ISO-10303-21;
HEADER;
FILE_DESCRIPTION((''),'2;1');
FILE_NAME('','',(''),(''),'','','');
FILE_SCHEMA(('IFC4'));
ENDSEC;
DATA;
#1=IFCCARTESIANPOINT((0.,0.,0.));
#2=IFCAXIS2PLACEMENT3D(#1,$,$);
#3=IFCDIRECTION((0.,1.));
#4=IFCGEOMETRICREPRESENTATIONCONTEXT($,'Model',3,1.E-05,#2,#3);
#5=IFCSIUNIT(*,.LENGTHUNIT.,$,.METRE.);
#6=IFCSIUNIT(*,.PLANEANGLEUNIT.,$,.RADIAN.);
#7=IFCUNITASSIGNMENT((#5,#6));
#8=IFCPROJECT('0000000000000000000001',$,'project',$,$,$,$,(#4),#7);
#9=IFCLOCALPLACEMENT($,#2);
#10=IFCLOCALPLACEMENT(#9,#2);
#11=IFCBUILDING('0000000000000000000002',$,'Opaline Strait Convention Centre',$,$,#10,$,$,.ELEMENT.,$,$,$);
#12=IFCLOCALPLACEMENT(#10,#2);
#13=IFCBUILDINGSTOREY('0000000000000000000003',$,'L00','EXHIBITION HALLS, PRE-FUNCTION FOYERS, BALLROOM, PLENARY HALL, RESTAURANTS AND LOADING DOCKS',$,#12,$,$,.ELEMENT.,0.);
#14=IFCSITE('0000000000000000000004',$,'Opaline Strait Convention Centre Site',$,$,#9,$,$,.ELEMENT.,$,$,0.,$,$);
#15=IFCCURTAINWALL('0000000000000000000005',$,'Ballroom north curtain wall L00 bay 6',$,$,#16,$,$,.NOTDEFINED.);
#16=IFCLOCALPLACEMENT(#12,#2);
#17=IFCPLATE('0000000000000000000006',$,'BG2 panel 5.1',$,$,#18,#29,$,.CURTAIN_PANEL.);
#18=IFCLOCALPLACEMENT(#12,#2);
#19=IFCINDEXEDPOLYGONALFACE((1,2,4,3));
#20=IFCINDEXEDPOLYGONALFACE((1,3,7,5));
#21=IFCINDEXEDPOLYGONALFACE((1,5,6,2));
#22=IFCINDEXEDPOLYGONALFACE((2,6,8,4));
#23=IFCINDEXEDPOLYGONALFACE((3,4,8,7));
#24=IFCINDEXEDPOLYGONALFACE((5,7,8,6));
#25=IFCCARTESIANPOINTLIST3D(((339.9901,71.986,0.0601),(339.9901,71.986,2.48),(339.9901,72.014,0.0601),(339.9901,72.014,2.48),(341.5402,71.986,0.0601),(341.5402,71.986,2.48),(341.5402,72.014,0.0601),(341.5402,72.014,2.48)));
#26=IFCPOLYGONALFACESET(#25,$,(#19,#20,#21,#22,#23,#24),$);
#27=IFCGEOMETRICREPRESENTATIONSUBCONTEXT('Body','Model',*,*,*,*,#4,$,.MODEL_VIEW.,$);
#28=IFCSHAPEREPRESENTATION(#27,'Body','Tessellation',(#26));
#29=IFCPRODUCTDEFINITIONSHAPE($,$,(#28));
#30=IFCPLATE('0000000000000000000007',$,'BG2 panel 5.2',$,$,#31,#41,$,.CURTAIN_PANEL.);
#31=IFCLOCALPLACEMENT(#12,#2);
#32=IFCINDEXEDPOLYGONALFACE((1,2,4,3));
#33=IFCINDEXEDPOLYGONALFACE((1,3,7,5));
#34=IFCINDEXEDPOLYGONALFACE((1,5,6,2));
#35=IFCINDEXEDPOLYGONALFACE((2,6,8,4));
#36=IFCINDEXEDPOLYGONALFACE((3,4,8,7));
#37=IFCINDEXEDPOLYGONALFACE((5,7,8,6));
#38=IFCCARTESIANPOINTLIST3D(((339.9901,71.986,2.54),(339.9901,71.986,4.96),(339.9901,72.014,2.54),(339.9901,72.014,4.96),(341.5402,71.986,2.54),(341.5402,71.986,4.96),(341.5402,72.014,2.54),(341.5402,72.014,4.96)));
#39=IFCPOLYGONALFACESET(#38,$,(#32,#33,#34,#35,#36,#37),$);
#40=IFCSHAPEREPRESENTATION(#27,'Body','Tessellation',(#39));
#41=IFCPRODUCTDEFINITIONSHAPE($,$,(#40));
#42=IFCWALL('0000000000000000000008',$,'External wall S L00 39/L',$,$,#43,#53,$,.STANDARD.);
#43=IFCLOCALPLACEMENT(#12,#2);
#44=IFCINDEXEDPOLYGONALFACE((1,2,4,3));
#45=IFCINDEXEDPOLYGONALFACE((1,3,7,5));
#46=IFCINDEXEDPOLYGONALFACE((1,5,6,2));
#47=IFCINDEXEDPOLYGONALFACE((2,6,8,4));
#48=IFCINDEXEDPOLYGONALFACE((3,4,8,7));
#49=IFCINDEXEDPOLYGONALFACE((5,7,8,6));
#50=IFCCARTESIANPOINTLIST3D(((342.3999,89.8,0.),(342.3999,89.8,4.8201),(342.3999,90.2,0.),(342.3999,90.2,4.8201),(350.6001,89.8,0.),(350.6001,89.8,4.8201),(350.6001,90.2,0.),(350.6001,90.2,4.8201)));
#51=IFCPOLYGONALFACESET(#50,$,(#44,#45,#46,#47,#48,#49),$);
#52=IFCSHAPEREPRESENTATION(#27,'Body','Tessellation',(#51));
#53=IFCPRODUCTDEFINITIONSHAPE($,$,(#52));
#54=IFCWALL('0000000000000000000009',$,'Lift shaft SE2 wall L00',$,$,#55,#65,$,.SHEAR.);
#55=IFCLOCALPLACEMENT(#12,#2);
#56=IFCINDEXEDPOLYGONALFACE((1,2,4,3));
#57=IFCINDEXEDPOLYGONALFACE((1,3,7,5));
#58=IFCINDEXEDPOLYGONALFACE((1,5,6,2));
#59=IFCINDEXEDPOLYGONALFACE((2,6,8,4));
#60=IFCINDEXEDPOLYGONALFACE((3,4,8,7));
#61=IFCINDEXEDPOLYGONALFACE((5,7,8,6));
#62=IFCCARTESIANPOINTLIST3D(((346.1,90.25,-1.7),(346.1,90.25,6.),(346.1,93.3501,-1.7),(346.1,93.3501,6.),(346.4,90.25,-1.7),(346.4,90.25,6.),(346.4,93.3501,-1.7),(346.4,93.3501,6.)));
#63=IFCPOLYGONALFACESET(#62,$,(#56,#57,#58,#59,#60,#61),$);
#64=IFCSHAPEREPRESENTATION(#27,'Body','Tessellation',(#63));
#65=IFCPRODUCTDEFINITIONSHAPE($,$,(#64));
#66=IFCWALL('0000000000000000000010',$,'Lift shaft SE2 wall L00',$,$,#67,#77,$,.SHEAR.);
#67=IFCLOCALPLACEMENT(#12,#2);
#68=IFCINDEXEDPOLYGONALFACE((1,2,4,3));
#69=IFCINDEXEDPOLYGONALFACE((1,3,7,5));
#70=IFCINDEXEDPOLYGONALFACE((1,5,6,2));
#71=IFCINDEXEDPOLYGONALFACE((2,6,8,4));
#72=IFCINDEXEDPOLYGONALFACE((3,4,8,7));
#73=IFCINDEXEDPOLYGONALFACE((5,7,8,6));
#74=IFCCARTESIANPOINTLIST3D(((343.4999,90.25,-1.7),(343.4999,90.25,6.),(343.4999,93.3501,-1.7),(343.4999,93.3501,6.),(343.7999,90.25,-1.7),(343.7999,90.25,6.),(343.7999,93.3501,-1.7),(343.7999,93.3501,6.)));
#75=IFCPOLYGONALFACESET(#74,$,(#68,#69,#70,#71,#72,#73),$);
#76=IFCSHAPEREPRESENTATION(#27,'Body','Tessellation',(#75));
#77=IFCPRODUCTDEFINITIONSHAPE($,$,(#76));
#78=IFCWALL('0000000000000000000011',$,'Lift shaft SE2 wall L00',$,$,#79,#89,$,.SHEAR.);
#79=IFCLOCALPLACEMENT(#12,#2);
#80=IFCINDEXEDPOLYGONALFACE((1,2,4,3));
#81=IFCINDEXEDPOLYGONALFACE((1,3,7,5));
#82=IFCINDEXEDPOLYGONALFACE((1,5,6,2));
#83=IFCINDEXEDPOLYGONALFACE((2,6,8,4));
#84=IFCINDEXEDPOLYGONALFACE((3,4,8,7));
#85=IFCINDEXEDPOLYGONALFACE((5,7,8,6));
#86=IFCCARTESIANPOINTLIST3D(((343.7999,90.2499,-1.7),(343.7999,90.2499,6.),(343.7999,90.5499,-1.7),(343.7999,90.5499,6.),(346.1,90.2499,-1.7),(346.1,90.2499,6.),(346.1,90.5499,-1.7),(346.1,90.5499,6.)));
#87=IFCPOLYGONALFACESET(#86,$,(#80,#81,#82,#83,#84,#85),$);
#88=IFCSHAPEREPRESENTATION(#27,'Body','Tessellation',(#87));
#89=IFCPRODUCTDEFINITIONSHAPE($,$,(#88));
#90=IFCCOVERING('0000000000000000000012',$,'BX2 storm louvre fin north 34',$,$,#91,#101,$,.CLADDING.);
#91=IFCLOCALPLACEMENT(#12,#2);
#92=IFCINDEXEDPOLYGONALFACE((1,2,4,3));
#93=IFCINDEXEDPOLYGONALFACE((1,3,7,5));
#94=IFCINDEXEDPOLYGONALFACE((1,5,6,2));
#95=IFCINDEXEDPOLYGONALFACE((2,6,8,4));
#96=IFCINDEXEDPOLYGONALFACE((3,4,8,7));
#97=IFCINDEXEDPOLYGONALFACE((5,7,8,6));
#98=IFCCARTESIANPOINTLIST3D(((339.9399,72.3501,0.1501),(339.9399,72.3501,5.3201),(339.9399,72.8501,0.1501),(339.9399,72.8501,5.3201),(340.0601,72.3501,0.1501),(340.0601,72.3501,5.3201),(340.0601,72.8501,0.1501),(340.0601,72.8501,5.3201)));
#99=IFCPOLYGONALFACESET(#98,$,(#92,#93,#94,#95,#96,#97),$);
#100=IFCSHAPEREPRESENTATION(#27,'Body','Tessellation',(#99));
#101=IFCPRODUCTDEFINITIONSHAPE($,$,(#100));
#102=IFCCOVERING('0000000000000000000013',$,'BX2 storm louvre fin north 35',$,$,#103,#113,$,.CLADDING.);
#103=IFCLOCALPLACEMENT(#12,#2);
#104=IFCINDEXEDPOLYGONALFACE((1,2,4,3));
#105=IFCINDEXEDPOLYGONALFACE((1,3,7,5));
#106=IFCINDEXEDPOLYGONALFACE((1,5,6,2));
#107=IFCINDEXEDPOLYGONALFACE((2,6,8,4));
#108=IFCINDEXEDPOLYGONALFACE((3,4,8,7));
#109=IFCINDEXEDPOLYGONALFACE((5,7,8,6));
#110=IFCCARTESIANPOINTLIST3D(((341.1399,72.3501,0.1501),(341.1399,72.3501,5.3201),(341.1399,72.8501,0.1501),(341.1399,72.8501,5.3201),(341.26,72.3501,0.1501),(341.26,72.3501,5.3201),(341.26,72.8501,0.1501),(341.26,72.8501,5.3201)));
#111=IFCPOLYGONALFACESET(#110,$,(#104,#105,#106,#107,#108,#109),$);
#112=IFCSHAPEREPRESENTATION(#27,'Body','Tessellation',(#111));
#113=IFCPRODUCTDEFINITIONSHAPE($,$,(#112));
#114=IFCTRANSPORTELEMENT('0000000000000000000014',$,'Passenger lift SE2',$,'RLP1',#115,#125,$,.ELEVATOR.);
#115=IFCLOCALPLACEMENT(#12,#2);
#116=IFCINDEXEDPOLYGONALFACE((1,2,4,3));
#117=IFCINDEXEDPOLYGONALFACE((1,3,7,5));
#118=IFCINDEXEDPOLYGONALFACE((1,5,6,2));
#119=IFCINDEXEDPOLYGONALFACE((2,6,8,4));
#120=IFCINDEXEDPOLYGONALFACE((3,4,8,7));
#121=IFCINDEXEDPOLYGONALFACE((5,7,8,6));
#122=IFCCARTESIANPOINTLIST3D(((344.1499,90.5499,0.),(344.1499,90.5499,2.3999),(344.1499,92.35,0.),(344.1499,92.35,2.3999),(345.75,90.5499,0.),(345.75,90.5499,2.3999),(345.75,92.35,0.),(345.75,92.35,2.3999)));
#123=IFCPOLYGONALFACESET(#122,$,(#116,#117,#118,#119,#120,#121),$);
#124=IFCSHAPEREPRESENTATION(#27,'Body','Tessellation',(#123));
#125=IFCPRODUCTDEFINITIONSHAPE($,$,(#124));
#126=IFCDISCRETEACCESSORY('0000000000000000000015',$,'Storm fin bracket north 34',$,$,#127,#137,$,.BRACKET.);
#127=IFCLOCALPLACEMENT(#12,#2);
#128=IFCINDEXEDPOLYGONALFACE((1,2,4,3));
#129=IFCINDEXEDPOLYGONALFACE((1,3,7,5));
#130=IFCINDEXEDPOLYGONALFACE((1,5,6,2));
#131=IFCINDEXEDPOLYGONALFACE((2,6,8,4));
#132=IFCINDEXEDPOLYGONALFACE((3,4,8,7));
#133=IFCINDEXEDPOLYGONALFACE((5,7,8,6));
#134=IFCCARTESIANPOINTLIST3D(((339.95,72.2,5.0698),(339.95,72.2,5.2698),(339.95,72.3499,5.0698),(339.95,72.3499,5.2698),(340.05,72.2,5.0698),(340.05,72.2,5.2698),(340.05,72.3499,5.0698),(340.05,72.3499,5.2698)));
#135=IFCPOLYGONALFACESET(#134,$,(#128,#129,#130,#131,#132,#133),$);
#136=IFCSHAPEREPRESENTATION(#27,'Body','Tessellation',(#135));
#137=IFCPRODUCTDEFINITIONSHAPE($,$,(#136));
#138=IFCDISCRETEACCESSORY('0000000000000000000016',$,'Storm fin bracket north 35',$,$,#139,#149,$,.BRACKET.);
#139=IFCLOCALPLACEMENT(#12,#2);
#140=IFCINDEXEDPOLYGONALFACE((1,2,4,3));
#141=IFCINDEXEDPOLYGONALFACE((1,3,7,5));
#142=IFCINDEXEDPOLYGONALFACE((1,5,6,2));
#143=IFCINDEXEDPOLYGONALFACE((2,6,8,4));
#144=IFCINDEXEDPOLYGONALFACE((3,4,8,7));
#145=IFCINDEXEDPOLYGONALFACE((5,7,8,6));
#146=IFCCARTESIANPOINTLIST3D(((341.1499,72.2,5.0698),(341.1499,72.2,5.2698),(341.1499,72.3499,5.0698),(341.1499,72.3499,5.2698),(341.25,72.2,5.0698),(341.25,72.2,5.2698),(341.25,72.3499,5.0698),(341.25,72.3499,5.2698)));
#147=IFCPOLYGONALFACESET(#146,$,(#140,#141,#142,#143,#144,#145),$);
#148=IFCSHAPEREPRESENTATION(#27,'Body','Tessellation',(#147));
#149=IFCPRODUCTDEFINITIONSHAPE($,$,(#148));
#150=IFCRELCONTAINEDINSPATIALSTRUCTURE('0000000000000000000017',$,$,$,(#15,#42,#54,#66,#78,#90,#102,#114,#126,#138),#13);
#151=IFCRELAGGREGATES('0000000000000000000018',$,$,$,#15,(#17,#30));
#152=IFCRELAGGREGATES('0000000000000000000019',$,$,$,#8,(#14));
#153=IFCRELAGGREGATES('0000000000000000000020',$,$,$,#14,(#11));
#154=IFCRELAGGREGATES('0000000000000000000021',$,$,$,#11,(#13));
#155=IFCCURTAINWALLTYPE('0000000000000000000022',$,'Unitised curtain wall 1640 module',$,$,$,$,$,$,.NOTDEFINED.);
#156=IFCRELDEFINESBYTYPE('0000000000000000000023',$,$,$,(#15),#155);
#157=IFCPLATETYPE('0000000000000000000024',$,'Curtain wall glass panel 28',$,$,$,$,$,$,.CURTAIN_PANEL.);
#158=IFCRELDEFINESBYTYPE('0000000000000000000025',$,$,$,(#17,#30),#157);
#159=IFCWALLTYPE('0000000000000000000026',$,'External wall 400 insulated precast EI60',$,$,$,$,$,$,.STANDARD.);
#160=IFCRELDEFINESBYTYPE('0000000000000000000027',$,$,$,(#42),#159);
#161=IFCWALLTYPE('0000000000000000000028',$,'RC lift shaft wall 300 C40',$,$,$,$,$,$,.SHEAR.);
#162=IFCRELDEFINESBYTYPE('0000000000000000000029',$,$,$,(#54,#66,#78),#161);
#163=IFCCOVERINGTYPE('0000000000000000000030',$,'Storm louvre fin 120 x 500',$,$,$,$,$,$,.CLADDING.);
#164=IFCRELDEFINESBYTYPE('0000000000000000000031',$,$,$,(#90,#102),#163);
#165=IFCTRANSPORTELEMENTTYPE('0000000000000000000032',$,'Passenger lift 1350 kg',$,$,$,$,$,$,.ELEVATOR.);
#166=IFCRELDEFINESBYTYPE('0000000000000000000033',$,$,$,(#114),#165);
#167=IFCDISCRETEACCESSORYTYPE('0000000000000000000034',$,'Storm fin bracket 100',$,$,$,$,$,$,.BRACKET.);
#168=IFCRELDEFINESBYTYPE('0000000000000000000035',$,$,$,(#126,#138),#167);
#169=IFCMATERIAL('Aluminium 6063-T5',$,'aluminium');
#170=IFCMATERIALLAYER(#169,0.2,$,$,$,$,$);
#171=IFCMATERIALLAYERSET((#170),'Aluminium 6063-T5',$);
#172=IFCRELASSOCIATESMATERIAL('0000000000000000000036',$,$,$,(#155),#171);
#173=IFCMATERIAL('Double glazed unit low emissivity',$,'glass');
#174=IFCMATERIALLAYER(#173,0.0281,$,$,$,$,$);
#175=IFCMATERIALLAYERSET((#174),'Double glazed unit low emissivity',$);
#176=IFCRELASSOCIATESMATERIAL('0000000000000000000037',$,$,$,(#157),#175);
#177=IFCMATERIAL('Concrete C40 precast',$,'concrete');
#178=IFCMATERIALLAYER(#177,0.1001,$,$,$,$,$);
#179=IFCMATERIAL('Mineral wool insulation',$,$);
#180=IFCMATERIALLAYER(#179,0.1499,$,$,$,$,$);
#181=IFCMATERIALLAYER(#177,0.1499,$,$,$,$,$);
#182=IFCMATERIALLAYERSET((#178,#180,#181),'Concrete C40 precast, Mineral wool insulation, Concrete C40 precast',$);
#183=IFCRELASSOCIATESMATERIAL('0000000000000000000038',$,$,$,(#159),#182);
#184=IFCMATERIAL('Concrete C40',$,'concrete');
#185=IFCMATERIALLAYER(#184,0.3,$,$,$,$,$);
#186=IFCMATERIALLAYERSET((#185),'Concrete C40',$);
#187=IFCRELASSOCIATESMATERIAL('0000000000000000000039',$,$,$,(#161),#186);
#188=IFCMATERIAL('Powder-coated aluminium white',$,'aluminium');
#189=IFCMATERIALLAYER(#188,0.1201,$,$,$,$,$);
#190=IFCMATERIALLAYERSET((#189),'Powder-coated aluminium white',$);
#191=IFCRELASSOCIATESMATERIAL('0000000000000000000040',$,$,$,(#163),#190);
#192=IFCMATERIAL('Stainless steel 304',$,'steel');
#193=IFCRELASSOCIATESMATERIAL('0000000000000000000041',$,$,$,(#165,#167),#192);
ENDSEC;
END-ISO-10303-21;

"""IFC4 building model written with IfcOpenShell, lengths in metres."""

from ifc_helpers import new_model, si_unit, direction, frame, frame_2d, origin, origin_2d, place, context, subcontext, project, spatial, rectangle, extrude, material, layer, layer_set, type_object, element, aggregate, save


model = new_model("IFC4")

# Units and contexts
model_context = context("Model", 3, precision=1e-05, world=origin(), true_north=direction((0.0, 1.0)))
body_context = subcontext(model_context, "Body", "Model", "MODEL_VIEW")
ifc_project = project(units=[si_unit("LENGTHUNIT", "METRE"), si_unit("PLANEANGLEUNIT", "RADIAN")], contexts=[model_context])

# Site, building, storey
site_placement = place(None, origin())
site = spatial("IfcSite", under=ifc_project, at=site_placement, Name="Opaline Strait Convention Centre Site", CompositionType="ELEMENT", RefElevation=0.0)
building_placement = place(site_placement, origin())
building = spatial("IfcBuilding", under=site, at=building_placement, Name="Opaline Strait Convention Centre", CompositionType="ELEMENT")
storey_placement = place(building_placement, origin())
storey = spatial("IfcBuildingStorey", under=building, at=storey_placement, Name="L00", Description="EXHIBITION HALLS, PRE-FUNCTION FOYERS, BALLROOM, PLENARY HALL, RESTAURANTS AND LOADING DOCKS", CompositionType="ELEMENT", Elevation=0.0)

# Shared definitions
ifc_material_1 = material(Name="Concrete C40", Category="concrete")

# Curtain wall
ifc_material_2 = material(Name="Aluminium 6063-T5", Category="aluminium")
ifc_layer_1 = layer(ifc_material_2, 0.2)
ifc_layer_set_1 = layer_set([ifc_layer_1], Name="Aluminium 6063-T5")
curtain_wall_type = type_object("IfcCurtainWallType", Name="Unitised curtain wall 1640 module", PredefinedType="NOTDEFINED", material=ifc_layer_set_1)
curtain_wall_placement = place(storey_placement, origin())
curtain_wall = element("IfcCurtainWall", 1, at=curtain_wall_placement, inside=storey, type_object=curtain_wall_type, Name="Ballroom north curtain wall L00 bay 6", PredefinedType="NOTDEFINED")

# Plates
ifc_material_3 = material(Name="Double glazed unit low emissivity", Category="glass")
ifc_layer_2 = layer(ifc_material_3, 0.0281)
ifc_layer_set_2 = layer_set([ifc_layer_2], Name="Double glazed unit low emissivity")
plate_type = type_object("IfcPlateType", Name="Curtain wall glass panel 28", PredefinedType="CURTAIN_PANEL", material=ifc_layer_set_2)
plate_1_placement = place(storey_placement, frame((340.7651, 72.0, 0.0601), z_axis=(0.0, 0.0, 1.0), x_axis=(1.0, 0.0, 0.0)))
plate_1 = element("IfcPlate", 2, at=plate_1_placement, type_object=plate_type, Name="BG2 panel 5.1", PredefinedType="CURTAIN_PANEL", context=body_context, shape_type="SweptSolid", body=[
    extrude(rectangle(XDim=1.55, YDim=0.0281, at=origin_2d()), origin(), (0.0, 0.0, 1.0), 2.4199),
])
plate_2_placement = place(storey_placement, frame((340.7651, 72.0, 2.54), z_axis=(0.0, 0.0, 1.0), x_axis=(1.0, 0.0, 0.0)))
plate_2 = element("IfcPlate", 3, at=plate_2_placement, type_object=plate_type, Name="BG2 panel 5.2", PredefinedType="CURTAIN_PANEL", context=body_context, shape_type="SweptSolid", body=[
    extrude(rectangle(XDim=1.55, YDim=0.0281, at=origin_2d()), origin(), (0.0, 0.0, 1.0), 2.4199),
])
aggregate(curtain_wall, [plate_1, plate_2])

# Wall
ifc_material_4 = material(Name="Concrete C40 precast", Category="concrete")
ifc_layer_3 = layer(ifc_material_4, 0.1001)
ifc_material_5 = material(Name="Mineral wool insulation")
ifc_layer_4 = layer(ifc_material_5, 0.1499)
ifc_layer_5 = layer(ifc_material_4, 0.1499)
ifc_layer_set_3 = layer_set([ifc_layer_3, ifc_layer_4, ifc_layer_5], Name="Concrete C40 precast, Mineral wool insulation, Concrete C40 precast")
wall_type_1 = type_object("IfcWallType", Name="External wall 400 insulated precast EI60", PredefinedType="STANDARD", material=ifc_layer_set_3)
wall_1_placement = place(storey_placement, frame((342.3999, 90.0, 0.0), z_axis=(0.0, 0.0, 1.0), x_axis=(1.0, 0.0, 0.0)))
element("IfcWall", 4, at=wall_1_placement, inside=storey, type_object=wall_type_1, Name="External wall S L00 39/L", PredefinedType="STANDARD", context=body_context, shape_type="SweptSolid", body=[
    extrude(rectangle(XDim=8.2002, YDim=0.3999, at=frame_2d((4.1001, 0.0))), origin(), (0.0, 0.0, 1.0), 4.8201),
])

# Walls
ifc_layer_6 = layer(ifc_material_1, 0.3)
ifc_layer_set_4 = layer_set([ifc_layer_6], Name="Concrete C40")
wall_type_2 = type_object("IfcWallType", Name="RC lift shaft wall 300 C40", PredefinedType="SHEAR", material=ifc_layer_set_4)
for number, where, z_axis, x_axis, name in (
    (5, (346.25, 90.25, -1.7), (0.0, 0.0, 1.0), (0.0, 1.0, 0.0), "Lift shaft SE2 wall L00"),
    (6, (343.6499, 90.25, -1.7), (0.0, 0.0, 1.0), (0.0, 1.0, 0.0), "Lift shaft SE2 wall L00"),
):
    element("IfcWall", number, at=place(storey_placement, frame(where, z_axis=z_axis, x_axis=x_axis)), inside=storey, type_object=wall_type_2, Name=name, PredefinedType="SHEAR", context=body_context, shape_type="SweptSolid", body=[
        extrude(rectangle(XDim=3.1001, YDim=0.3, at=frame_2d((1.55, 0.0))), origin(), (0.0, 0.0, 1.0), 7.7),
    ])
wall_2_placement = place(storey_placement, frame((343.8, 90.3999, -1.7), z_axis=(0.0, 0.0, 1.0), x_axis=(1.0, 0.0, 0.0)))
element("IfcWall", 7, at=wall_2_placement, inside=storey, type_object=wall_type_2, Name="Lift shaft SE2 wall L00", PredefinedType="SHEAR", context=body_context, shape_type="SweptSolid", body=[
    extrude(rectangle(XDim=2.3, YDim=0.3, at=frame_2d((1.1499, 0.0))), origin(), (0.0, 0.0, 1.0), 7.7),
])

# Coverings
ifc_material_6 = material(Name="Powder-coated aluminium white", Category="aluminium")
ifc_layer_7 = layer(ifc_material_6, 0.1201)
ifc_layer_set_5 = layer_set([ifc_layer_7], Name="Powder-coated aluminium white")
covering_type = type_object("IfcCoveringType", Name="Storm louvre fin 120 x 500", PredefinedType="CLADDING", material=ifc_layer_set_5)
for number, where, z_axis, x_axis, name in (
    (8, (340.0, 72.6001, 0.1501), (0.0, 0.0, 1.0), (1.0, 0.0, 0.0), "BX2 storm louvre fin north 34"),
    (9, (341.2, 72.6001, 0.1501), (0.0, 0.0, 1.0), (1.0, 0.0, 0.0), "BX2 storm louvre fin north 35"),
):
    element("IfcCovering", number, at=place(storey_placement, frame(where, z_axis=z_axis, x_axis=x_axis)), inside=storey, type_object=covering_type, Name=name, PredefinedType="CLADDING", context=body_context, shape_type="SweptSolid", body=[
        extrude(rectangle(XDim=0.1201, YDim=0.5, at=origin_2d()), origin(), (0.0, 0.0, 1.0), 5.1699),
    ])

# Transport element
ifc_material_7 = material(Name="Stainless steel 304", Category="steel")
transport_element_type = type_object("IfcTransportElementType", Name="Passenger lift 1350 kg", PredefinedType="ELEVATOR", material=ifc_material_7)
transport_element_placement = place(storey_placement, frame((344.95, 91.45, 0.0), z_axis=(0.0, 0.0, 1.0), x_axis=(1.0, 0.0, 0.0)))
element("IfcTransportElement", 10, at=transport_element_placement, inside=storey, type_object=transport_element_type, Name="Passenger lift SE2", ObjectType="RLP1", PredefinedType="ELEVATOR", context=body_context, shape_type="SweptSolid", body=[
    extrude(rectangle(XDim=1.6001, YDim=1.8, at=origin_2d()), origin(), (0.0, 0.0, 1.0), 2.3999),
])

# Discrete accessories
discrete_accessory_type = type_object("IfcDiscreteAccessoryType", Name="Storm fin bracket 100", PredefinedType="BRACKET", material=ifc_material_7)
for number, where, z_axis, x_axis, name in (
    (11, (340.0, 72.2749, 5.0698), (0.0, 0.0, 1.0), (1.0, 0.0, 0.0), "Storm fin bracket north 34"),
    (12, (341.2, 72.2749, 5.0698), (0.0, 0.0, 1.0), (1.0, 0.0, 0.0), "Storm fin bracket north 35"),
):
    element("IfcDiscreteAccessory", number, at=place(storey_placement, frame(where, z_axis=z_axis, x_axis=x_axis)), inside=storey, type_object=discrete_accessory_type, Name=name, PredefinedType="BRACKET", context=body_context, shape_type="SweptSolid", body=[
        extrude(rectangle(XDim=0.1001, YDim=0.1499, at=origin_2d()), origin(), (0.0, 0.0, 1.0), 0.2),
    ])

save(model, "model.ifc")
